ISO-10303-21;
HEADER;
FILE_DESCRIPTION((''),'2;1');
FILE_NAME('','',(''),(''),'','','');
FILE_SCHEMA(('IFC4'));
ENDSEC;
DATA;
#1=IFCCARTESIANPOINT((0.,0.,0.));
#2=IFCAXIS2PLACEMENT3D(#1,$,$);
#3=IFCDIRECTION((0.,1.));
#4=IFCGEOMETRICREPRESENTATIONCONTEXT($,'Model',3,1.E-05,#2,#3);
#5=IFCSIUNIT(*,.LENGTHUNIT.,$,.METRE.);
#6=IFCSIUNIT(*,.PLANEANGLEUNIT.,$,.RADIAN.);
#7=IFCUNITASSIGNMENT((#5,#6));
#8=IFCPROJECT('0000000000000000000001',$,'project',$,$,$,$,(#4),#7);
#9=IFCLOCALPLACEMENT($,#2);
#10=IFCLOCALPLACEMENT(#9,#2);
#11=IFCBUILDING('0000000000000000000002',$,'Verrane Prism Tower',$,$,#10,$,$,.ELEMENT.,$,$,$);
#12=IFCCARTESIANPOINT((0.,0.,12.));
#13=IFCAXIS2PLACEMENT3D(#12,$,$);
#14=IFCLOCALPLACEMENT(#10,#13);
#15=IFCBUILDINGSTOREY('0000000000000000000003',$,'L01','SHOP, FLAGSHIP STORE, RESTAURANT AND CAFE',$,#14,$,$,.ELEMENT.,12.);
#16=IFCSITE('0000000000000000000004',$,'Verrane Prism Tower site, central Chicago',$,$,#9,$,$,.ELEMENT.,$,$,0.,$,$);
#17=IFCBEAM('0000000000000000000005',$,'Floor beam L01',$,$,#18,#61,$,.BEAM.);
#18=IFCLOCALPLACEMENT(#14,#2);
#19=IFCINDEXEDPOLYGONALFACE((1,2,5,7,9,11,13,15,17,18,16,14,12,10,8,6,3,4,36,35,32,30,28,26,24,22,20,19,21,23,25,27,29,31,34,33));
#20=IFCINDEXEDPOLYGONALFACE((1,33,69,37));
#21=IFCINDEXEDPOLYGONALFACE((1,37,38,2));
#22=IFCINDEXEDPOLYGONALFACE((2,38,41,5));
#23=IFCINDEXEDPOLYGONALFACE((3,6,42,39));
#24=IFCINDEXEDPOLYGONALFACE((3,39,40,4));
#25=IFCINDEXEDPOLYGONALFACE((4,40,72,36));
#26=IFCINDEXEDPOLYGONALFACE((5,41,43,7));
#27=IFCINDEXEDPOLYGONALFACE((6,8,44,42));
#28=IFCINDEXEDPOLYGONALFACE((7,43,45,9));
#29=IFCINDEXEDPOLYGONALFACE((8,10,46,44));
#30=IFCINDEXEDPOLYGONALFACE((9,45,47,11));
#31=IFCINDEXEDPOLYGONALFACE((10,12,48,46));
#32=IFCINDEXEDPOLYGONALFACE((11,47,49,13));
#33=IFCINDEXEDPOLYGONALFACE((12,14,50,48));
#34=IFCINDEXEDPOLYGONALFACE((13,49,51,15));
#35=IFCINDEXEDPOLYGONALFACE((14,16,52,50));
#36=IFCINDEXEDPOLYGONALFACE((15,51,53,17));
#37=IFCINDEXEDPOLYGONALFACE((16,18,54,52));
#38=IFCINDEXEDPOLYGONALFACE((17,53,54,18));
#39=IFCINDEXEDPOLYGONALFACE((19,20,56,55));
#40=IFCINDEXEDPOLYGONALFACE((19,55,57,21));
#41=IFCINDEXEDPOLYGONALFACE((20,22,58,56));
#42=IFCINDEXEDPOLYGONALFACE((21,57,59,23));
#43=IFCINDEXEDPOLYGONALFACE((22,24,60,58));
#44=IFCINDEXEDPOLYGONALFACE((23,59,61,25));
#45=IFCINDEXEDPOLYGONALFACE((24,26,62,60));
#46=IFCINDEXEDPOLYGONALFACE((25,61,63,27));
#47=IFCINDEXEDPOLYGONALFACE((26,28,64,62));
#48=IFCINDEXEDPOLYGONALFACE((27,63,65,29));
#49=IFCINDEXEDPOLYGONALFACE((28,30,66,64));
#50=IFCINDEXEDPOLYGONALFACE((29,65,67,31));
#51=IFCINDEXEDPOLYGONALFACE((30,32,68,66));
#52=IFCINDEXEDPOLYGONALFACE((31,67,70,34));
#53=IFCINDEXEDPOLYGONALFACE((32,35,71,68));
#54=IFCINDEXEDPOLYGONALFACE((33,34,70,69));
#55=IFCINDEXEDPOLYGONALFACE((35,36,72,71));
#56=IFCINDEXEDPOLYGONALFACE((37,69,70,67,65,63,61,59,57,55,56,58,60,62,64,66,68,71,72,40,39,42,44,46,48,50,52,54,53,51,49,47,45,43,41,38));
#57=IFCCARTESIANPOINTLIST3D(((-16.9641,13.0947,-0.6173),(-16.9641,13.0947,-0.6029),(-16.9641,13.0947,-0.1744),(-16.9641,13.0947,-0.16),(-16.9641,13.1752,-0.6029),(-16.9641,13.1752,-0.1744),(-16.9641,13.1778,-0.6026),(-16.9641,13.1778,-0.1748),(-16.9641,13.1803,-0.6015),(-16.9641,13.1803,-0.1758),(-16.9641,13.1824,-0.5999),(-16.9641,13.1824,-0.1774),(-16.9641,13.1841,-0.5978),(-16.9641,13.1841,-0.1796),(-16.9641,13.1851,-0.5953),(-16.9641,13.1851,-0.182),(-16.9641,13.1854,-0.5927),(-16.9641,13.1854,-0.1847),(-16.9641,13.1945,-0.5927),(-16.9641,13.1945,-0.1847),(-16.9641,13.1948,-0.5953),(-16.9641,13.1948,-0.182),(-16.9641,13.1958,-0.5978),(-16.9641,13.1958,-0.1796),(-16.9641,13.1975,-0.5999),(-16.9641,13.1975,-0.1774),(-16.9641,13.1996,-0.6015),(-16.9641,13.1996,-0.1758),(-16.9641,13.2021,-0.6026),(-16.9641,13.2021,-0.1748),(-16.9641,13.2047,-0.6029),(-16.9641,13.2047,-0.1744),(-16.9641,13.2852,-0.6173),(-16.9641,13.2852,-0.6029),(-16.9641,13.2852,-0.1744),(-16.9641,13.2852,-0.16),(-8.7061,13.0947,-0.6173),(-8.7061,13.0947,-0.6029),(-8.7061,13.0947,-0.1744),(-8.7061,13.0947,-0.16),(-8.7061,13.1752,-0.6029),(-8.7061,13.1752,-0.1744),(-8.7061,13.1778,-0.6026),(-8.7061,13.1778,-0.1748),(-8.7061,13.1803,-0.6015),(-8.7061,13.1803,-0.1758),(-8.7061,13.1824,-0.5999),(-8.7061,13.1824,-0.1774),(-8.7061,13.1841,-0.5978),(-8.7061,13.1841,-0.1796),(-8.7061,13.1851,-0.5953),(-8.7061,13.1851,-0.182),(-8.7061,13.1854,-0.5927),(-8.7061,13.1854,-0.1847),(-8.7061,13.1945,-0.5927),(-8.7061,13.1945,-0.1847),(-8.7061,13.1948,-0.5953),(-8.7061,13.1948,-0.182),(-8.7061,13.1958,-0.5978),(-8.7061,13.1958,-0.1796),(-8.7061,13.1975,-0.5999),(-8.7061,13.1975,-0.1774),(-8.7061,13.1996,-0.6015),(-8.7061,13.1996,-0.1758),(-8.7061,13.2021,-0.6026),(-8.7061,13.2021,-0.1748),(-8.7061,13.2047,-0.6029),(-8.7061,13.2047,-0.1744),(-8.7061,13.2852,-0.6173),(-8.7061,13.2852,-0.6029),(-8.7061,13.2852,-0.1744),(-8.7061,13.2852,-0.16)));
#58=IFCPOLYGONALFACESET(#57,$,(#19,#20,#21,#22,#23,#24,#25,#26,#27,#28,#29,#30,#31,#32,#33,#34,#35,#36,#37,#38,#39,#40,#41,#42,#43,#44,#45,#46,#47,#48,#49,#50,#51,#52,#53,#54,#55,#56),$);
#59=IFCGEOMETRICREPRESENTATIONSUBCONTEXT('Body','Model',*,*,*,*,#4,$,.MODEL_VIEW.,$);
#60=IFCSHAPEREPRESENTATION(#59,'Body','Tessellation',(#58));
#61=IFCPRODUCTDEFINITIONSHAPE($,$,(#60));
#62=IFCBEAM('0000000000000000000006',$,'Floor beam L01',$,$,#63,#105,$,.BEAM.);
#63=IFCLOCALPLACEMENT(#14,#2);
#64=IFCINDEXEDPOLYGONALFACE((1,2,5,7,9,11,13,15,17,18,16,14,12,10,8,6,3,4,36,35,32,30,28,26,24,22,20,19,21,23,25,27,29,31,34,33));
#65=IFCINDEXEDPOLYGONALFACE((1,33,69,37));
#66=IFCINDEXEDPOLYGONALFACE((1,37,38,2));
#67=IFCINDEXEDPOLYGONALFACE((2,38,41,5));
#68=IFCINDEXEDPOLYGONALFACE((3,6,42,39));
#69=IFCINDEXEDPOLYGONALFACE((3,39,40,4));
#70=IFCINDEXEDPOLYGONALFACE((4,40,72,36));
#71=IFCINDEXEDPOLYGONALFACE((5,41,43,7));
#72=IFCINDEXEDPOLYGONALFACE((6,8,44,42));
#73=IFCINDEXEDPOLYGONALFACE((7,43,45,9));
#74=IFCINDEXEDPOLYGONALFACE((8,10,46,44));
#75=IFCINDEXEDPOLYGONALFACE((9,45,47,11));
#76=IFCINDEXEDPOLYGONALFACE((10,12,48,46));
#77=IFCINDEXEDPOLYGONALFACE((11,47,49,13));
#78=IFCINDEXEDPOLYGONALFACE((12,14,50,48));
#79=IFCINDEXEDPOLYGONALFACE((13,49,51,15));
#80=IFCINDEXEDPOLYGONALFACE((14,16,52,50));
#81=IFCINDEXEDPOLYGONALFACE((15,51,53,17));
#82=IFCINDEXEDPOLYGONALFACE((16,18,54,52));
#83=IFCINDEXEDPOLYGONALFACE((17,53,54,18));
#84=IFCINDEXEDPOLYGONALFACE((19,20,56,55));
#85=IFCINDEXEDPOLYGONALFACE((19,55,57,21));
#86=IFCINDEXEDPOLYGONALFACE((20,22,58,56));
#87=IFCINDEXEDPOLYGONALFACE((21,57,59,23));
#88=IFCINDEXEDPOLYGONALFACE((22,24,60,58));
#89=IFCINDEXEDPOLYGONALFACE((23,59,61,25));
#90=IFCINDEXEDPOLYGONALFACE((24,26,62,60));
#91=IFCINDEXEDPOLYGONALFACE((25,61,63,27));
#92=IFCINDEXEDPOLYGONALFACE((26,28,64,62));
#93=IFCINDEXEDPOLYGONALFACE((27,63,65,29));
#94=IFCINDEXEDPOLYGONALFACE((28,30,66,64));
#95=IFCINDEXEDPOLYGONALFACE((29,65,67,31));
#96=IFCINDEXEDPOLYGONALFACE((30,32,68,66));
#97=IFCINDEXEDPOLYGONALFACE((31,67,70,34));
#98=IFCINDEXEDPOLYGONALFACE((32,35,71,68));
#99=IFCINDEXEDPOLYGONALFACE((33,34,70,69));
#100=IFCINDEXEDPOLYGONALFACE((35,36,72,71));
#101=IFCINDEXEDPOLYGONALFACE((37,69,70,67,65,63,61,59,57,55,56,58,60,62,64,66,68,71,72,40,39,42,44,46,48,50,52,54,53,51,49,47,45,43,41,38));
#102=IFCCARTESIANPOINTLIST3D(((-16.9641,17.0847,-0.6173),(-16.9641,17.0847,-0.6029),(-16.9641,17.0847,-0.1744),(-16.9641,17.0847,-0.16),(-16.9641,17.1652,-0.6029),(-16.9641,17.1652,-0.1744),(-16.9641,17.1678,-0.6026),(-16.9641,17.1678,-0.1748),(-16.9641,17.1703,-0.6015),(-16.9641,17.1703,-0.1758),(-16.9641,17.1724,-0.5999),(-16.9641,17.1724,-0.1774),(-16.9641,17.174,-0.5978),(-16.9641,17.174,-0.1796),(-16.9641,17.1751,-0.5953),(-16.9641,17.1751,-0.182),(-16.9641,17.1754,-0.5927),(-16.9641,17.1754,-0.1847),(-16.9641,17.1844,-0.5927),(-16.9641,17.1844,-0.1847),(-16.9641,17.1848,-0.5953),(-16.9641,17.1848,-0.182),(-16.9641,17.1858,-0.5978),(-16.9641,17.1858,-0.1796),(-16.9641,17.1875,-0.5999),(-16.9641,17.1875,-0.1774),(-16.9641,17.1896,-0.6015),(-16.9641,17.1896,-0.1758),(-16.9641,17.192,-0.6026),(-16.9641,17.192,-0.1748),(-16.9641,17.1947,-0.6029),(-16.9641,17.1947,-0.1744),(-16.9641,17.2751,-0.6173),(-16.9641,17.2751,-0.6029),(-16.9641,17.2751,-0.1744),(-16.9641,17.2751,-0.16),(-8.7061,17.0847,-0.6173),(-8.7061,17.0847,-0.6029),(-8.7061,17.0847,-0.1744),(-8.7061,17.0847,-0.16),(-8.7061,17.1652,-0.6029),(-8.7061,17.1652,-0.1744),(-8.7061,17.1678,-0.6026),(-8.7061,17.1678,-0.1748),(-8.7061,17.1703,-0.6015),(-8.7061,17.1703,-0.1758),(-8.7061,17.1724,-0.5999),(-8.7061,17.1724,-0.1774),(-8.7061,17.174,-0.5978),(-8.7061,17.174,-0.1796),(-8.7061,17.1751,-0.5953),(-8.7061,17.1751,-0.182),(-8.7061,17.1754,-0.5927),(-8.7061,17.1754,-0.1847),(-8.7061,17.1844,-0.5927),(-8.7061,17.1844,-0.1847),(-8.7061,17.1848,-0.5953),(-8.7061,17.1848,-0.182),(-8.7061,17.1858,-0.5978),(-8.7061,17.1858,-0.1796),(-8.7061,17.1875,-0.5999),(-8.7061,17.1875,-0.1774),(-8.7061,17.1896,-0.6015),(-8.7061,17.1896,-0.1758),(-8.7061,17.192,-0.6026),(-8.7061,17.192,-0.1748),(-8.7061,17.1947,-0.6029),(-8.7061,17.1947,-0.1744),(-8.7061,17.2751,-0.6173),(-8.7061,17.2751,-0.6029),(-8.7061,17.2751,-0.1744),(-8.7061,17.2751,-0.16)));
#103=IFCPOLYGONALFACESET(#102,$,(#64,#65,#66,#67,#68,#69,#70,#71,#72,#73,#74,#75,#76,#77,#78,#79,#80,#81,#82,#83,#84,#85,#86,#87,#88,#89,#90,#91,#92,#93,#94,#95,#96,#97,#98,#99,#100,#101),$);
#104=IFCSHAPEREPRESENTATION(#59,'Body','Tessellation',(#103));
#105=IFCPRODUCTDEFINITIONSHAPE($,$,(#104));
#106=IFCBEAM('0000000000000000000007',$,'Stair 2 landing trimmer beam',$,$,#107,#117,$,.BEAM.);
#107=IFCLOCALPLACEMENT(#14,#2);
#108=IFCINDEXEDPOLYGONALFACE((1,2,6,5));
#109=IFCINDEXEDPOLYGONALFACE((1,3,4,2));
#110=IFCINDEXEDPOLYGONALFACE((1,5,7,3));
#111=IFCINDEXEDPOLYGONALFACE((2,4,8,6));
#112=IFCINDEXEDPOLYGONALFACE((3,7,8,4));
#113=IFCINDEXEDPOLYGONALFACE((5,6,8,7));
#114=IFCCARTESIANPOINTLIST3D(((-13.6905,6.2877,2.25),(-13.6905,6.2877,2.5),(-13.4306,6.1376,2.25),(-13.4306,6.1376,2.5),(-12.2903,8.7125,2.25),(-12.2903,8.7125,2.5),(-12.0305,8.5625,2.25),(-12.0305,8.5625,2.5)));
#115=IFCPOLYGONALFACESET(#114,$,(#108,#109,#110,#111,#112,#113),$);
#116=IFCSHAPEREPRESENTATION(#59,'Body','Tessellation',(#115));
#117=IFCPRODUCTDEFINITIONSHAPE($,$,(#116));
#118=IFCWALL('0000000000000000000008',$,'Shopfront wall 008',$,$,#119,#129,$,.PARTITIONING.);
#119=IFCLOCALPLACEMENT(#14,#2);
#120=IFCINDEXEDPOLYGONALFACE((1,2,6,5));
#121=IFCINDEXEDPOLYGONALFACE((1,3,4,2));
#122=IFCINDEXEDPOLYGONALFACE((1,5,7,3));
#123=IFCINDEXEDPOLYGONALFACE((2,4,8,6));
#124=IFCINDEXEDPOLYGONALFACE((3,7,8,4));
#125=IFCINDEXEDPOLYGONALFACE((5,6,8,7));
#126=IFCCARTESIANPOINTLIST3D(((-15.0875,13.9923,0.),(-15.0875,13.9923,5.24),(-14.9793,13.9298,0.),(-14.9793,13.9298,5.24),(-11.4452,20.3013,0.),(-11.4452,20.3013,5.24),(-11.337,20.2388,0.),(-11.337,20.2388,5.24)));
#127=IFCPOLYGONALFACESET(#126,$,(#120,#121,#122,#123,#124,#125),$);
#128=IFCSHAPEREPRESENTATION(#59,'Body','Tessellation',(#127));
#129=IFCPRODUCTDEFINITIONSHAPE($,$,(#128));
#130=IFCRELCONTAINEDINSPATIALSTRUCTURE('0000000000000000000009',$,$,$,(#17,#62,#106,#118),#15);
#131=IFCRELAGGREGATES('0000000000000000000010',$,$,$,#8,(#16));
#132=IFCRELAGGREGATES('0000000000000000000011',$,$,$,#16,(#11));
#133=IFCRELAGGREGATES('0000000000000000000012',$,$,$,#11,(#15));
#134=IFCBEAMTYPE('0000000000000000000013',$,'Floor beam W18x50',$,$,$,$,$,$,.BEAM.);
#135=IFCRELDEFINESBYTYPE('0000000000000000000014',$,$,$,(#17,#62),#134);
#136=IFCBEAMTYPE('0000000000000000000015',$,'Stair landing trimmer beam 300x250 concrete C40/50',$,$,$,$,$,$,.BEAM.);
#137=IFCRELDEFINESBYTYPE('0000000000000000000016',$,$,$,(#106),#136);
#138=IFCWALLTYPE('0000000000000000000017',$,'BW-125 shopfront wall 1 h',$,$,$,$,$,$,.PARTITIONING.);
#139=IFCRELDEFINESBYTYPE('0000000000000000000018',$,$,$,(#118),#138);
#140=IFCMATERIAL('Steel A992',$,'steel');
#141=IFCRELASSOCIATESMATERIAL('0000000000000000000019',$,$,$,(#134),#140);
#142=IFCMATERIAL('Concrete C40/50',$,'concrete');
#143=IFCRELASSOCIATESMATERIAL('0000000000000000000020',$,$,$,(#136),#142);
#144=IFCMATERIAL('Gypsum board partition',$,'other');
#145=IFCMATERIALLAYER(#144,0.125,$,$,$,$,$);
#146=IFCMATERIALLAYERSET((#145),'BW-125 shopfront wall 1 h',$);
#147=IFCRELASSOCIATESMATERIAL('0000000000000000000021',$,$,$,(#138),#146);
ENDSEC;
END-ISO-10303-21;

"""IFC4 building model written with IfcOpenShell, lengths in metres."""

from ifc_helpers import new_model, si_unit, direction, frame, frame_2d, origin, origin_2d, place, context, subcontext, project, spatial, rectangle, i_section, extrude, material, layer, layer_set, material_profile, profile_set, type_object, element, save


model = new_model("IFC4")

# Units and contexts
model_context = context("Model", 3, precision=1e-05, world=origin(), true_north=direction((0.0, 1.0)))
body_context = subcontext(model_context, "Body", "Model", "MODEL_VIEW")
ifc_project = project(units=[si_unit("LENGTHUNIT", "METRE"), si_unit("PLANEANGLEUNIT", "RADIAN")], contexts=[model_context])

# Site, building, storey
site_placement = place(None, origin())
site = spatial("IfcSite", under=ifc_project, at=site_placement, Name="Verrane Prism Tower site, central Chicago", CompositionType="ELEMENT", RefElevation=0.0)
building_placement = place(site_placement, origin())
building = spatial("IfcBuilding", under=site, at=building_placement, Name="Verrane Prism Tower", CompositionType="ELEMENT")
storey_placement = place(building_placement, frame((0.0, 0.0, 12.0)))
storey = spatial("IfcBuildingStorey", under=building, at=storey_placement, Name="L01", Description="SHOP, FLAGSHIP STORE, RESTAURANT AND CAFE", CompositionType="ELEMENT", Elevation=12.0)

# Beams
ifc_material_1 = material(Name="Steel A992", Category="steel")
ifc_material_profile_1 = material_profile(ifc_material_1, i_section(OverallWidth=0.1904, OverallDepth=0.4573, WebThickness=0.009, FlangeThickness=0.0144, FilletRadius=0.0103, at=origin_2d()), Name="W18x50")
ifc_profile_set_1 = profile_set([ifc_material_profile_1], Name="Steel A992")
beam_type_1 = type_object("IfcBeamType", Name="Floor beam W18x50", PredefinedType="BEAM", material=ifc_profile_set_1)
for number, where, z_axis, x_axis, name in (
    (1, (-16.9641, 13.1899, -0.3887), (1.0, 0.0, 0.0), (0.0, 1.0, 0.0), "Floor beam L01"),
    (2, (-16.9641, 17.1799, -0.3887), (1.0, 0.0, 0.0), (0.0, 1.0, 0.0), "Floor beam L01"),
):
    element("IfcBeam", number, at=place(storey_placement, frame(where, z_axis=z_axis, x_axis=x_axis)), inside=storey, type_object=beam_type_1, Name=name, PredefinedType="BEAM", context=body_context, shape_type="SweptSolid", body=[
        extrude(i_section(OverallWidth=0.1904, OverallDepth=0.4573, WebThickness=0.009, FlangeThickness=0.0144, FilletRadius=0.0103, at=origin_2d()), origin(), (0.0, 0.0, 1.0), 8.2581),
    ])
ifc_material_2 = material(Name="Concrete C40/50", Category="concrete")
ifc_material_profile_2 = material_profile(ifc_material_2, rectangle(XDim=0.3, YDim=0.25, at=origin_2d()), Name="RC 300x250")
ifc_profile_set_2 = profile_set([ifc_material_profile_2], Name="Concrete C40/50")
beam_type_2 = type_object("IfcBeamType", Name="Stair landing trimmer beam 300x250 concrete C40/50", PredefinedType="BEAM", material=ifc_profile_set_2)
beam_1_placement = place(storey_placement, frame((-13.5605, 6.2126, 2.375), z_axis=(0.50005, 0.865997, 0.0), x_axis=(-0.865997, 0.50005, 0.0)))
element("IfcBeam", 3, at=beam_1_placement, inside=storey, type_object=beam_type_2, Name="Stair 2 landing trimmer beam", PredefinedType="BEAM", context=body_context, shape_type="SweptSolid", body=[
    extrude(rectangle(XDim=0.3, YDim=0.25, at=origin_2d()), origin(), (0.0, 0.0, 1.0), 2.8),
])

# Wall
ifc_material_3 = material(Name="Gypsum board partition", Category="other")
ifc_layer_1 = layer(ifc_material_3, 0.125)
ifc_layer_set_1 = layer_set([ifc_layer_1], Name="BW-125 shopfront wall 1 h")
wall_type_1 = type_object("IfcWallType", Name="BW-125 shopfront wall 1 h", PredefinedType="PARTITIONING", material=ifc_layer_set_1)
wall_1_placement = place(storey_placement, frame((-15.0334, 13.9609, 0.0), z_axis=(0.0, 0.0, 1.0), x_axis=(0.499978, 0.866038, 0.0)))
element("IfcWall", 4, at=wall_1_placement, inside=storey, type_object=wall_type_1, Name="Shopfront wall 008", PredefinedType="PARTITIONING", context=body_context, shape_type="SweptSolid", body=[
    extrude(rectangle(XDim=7.2849, YDim=0.125, at=frame_2d((3.6426, 0.0))), origin(), (0.0, 0.0, 1.0), 5.24),
])

save(model, "model.ifc")
